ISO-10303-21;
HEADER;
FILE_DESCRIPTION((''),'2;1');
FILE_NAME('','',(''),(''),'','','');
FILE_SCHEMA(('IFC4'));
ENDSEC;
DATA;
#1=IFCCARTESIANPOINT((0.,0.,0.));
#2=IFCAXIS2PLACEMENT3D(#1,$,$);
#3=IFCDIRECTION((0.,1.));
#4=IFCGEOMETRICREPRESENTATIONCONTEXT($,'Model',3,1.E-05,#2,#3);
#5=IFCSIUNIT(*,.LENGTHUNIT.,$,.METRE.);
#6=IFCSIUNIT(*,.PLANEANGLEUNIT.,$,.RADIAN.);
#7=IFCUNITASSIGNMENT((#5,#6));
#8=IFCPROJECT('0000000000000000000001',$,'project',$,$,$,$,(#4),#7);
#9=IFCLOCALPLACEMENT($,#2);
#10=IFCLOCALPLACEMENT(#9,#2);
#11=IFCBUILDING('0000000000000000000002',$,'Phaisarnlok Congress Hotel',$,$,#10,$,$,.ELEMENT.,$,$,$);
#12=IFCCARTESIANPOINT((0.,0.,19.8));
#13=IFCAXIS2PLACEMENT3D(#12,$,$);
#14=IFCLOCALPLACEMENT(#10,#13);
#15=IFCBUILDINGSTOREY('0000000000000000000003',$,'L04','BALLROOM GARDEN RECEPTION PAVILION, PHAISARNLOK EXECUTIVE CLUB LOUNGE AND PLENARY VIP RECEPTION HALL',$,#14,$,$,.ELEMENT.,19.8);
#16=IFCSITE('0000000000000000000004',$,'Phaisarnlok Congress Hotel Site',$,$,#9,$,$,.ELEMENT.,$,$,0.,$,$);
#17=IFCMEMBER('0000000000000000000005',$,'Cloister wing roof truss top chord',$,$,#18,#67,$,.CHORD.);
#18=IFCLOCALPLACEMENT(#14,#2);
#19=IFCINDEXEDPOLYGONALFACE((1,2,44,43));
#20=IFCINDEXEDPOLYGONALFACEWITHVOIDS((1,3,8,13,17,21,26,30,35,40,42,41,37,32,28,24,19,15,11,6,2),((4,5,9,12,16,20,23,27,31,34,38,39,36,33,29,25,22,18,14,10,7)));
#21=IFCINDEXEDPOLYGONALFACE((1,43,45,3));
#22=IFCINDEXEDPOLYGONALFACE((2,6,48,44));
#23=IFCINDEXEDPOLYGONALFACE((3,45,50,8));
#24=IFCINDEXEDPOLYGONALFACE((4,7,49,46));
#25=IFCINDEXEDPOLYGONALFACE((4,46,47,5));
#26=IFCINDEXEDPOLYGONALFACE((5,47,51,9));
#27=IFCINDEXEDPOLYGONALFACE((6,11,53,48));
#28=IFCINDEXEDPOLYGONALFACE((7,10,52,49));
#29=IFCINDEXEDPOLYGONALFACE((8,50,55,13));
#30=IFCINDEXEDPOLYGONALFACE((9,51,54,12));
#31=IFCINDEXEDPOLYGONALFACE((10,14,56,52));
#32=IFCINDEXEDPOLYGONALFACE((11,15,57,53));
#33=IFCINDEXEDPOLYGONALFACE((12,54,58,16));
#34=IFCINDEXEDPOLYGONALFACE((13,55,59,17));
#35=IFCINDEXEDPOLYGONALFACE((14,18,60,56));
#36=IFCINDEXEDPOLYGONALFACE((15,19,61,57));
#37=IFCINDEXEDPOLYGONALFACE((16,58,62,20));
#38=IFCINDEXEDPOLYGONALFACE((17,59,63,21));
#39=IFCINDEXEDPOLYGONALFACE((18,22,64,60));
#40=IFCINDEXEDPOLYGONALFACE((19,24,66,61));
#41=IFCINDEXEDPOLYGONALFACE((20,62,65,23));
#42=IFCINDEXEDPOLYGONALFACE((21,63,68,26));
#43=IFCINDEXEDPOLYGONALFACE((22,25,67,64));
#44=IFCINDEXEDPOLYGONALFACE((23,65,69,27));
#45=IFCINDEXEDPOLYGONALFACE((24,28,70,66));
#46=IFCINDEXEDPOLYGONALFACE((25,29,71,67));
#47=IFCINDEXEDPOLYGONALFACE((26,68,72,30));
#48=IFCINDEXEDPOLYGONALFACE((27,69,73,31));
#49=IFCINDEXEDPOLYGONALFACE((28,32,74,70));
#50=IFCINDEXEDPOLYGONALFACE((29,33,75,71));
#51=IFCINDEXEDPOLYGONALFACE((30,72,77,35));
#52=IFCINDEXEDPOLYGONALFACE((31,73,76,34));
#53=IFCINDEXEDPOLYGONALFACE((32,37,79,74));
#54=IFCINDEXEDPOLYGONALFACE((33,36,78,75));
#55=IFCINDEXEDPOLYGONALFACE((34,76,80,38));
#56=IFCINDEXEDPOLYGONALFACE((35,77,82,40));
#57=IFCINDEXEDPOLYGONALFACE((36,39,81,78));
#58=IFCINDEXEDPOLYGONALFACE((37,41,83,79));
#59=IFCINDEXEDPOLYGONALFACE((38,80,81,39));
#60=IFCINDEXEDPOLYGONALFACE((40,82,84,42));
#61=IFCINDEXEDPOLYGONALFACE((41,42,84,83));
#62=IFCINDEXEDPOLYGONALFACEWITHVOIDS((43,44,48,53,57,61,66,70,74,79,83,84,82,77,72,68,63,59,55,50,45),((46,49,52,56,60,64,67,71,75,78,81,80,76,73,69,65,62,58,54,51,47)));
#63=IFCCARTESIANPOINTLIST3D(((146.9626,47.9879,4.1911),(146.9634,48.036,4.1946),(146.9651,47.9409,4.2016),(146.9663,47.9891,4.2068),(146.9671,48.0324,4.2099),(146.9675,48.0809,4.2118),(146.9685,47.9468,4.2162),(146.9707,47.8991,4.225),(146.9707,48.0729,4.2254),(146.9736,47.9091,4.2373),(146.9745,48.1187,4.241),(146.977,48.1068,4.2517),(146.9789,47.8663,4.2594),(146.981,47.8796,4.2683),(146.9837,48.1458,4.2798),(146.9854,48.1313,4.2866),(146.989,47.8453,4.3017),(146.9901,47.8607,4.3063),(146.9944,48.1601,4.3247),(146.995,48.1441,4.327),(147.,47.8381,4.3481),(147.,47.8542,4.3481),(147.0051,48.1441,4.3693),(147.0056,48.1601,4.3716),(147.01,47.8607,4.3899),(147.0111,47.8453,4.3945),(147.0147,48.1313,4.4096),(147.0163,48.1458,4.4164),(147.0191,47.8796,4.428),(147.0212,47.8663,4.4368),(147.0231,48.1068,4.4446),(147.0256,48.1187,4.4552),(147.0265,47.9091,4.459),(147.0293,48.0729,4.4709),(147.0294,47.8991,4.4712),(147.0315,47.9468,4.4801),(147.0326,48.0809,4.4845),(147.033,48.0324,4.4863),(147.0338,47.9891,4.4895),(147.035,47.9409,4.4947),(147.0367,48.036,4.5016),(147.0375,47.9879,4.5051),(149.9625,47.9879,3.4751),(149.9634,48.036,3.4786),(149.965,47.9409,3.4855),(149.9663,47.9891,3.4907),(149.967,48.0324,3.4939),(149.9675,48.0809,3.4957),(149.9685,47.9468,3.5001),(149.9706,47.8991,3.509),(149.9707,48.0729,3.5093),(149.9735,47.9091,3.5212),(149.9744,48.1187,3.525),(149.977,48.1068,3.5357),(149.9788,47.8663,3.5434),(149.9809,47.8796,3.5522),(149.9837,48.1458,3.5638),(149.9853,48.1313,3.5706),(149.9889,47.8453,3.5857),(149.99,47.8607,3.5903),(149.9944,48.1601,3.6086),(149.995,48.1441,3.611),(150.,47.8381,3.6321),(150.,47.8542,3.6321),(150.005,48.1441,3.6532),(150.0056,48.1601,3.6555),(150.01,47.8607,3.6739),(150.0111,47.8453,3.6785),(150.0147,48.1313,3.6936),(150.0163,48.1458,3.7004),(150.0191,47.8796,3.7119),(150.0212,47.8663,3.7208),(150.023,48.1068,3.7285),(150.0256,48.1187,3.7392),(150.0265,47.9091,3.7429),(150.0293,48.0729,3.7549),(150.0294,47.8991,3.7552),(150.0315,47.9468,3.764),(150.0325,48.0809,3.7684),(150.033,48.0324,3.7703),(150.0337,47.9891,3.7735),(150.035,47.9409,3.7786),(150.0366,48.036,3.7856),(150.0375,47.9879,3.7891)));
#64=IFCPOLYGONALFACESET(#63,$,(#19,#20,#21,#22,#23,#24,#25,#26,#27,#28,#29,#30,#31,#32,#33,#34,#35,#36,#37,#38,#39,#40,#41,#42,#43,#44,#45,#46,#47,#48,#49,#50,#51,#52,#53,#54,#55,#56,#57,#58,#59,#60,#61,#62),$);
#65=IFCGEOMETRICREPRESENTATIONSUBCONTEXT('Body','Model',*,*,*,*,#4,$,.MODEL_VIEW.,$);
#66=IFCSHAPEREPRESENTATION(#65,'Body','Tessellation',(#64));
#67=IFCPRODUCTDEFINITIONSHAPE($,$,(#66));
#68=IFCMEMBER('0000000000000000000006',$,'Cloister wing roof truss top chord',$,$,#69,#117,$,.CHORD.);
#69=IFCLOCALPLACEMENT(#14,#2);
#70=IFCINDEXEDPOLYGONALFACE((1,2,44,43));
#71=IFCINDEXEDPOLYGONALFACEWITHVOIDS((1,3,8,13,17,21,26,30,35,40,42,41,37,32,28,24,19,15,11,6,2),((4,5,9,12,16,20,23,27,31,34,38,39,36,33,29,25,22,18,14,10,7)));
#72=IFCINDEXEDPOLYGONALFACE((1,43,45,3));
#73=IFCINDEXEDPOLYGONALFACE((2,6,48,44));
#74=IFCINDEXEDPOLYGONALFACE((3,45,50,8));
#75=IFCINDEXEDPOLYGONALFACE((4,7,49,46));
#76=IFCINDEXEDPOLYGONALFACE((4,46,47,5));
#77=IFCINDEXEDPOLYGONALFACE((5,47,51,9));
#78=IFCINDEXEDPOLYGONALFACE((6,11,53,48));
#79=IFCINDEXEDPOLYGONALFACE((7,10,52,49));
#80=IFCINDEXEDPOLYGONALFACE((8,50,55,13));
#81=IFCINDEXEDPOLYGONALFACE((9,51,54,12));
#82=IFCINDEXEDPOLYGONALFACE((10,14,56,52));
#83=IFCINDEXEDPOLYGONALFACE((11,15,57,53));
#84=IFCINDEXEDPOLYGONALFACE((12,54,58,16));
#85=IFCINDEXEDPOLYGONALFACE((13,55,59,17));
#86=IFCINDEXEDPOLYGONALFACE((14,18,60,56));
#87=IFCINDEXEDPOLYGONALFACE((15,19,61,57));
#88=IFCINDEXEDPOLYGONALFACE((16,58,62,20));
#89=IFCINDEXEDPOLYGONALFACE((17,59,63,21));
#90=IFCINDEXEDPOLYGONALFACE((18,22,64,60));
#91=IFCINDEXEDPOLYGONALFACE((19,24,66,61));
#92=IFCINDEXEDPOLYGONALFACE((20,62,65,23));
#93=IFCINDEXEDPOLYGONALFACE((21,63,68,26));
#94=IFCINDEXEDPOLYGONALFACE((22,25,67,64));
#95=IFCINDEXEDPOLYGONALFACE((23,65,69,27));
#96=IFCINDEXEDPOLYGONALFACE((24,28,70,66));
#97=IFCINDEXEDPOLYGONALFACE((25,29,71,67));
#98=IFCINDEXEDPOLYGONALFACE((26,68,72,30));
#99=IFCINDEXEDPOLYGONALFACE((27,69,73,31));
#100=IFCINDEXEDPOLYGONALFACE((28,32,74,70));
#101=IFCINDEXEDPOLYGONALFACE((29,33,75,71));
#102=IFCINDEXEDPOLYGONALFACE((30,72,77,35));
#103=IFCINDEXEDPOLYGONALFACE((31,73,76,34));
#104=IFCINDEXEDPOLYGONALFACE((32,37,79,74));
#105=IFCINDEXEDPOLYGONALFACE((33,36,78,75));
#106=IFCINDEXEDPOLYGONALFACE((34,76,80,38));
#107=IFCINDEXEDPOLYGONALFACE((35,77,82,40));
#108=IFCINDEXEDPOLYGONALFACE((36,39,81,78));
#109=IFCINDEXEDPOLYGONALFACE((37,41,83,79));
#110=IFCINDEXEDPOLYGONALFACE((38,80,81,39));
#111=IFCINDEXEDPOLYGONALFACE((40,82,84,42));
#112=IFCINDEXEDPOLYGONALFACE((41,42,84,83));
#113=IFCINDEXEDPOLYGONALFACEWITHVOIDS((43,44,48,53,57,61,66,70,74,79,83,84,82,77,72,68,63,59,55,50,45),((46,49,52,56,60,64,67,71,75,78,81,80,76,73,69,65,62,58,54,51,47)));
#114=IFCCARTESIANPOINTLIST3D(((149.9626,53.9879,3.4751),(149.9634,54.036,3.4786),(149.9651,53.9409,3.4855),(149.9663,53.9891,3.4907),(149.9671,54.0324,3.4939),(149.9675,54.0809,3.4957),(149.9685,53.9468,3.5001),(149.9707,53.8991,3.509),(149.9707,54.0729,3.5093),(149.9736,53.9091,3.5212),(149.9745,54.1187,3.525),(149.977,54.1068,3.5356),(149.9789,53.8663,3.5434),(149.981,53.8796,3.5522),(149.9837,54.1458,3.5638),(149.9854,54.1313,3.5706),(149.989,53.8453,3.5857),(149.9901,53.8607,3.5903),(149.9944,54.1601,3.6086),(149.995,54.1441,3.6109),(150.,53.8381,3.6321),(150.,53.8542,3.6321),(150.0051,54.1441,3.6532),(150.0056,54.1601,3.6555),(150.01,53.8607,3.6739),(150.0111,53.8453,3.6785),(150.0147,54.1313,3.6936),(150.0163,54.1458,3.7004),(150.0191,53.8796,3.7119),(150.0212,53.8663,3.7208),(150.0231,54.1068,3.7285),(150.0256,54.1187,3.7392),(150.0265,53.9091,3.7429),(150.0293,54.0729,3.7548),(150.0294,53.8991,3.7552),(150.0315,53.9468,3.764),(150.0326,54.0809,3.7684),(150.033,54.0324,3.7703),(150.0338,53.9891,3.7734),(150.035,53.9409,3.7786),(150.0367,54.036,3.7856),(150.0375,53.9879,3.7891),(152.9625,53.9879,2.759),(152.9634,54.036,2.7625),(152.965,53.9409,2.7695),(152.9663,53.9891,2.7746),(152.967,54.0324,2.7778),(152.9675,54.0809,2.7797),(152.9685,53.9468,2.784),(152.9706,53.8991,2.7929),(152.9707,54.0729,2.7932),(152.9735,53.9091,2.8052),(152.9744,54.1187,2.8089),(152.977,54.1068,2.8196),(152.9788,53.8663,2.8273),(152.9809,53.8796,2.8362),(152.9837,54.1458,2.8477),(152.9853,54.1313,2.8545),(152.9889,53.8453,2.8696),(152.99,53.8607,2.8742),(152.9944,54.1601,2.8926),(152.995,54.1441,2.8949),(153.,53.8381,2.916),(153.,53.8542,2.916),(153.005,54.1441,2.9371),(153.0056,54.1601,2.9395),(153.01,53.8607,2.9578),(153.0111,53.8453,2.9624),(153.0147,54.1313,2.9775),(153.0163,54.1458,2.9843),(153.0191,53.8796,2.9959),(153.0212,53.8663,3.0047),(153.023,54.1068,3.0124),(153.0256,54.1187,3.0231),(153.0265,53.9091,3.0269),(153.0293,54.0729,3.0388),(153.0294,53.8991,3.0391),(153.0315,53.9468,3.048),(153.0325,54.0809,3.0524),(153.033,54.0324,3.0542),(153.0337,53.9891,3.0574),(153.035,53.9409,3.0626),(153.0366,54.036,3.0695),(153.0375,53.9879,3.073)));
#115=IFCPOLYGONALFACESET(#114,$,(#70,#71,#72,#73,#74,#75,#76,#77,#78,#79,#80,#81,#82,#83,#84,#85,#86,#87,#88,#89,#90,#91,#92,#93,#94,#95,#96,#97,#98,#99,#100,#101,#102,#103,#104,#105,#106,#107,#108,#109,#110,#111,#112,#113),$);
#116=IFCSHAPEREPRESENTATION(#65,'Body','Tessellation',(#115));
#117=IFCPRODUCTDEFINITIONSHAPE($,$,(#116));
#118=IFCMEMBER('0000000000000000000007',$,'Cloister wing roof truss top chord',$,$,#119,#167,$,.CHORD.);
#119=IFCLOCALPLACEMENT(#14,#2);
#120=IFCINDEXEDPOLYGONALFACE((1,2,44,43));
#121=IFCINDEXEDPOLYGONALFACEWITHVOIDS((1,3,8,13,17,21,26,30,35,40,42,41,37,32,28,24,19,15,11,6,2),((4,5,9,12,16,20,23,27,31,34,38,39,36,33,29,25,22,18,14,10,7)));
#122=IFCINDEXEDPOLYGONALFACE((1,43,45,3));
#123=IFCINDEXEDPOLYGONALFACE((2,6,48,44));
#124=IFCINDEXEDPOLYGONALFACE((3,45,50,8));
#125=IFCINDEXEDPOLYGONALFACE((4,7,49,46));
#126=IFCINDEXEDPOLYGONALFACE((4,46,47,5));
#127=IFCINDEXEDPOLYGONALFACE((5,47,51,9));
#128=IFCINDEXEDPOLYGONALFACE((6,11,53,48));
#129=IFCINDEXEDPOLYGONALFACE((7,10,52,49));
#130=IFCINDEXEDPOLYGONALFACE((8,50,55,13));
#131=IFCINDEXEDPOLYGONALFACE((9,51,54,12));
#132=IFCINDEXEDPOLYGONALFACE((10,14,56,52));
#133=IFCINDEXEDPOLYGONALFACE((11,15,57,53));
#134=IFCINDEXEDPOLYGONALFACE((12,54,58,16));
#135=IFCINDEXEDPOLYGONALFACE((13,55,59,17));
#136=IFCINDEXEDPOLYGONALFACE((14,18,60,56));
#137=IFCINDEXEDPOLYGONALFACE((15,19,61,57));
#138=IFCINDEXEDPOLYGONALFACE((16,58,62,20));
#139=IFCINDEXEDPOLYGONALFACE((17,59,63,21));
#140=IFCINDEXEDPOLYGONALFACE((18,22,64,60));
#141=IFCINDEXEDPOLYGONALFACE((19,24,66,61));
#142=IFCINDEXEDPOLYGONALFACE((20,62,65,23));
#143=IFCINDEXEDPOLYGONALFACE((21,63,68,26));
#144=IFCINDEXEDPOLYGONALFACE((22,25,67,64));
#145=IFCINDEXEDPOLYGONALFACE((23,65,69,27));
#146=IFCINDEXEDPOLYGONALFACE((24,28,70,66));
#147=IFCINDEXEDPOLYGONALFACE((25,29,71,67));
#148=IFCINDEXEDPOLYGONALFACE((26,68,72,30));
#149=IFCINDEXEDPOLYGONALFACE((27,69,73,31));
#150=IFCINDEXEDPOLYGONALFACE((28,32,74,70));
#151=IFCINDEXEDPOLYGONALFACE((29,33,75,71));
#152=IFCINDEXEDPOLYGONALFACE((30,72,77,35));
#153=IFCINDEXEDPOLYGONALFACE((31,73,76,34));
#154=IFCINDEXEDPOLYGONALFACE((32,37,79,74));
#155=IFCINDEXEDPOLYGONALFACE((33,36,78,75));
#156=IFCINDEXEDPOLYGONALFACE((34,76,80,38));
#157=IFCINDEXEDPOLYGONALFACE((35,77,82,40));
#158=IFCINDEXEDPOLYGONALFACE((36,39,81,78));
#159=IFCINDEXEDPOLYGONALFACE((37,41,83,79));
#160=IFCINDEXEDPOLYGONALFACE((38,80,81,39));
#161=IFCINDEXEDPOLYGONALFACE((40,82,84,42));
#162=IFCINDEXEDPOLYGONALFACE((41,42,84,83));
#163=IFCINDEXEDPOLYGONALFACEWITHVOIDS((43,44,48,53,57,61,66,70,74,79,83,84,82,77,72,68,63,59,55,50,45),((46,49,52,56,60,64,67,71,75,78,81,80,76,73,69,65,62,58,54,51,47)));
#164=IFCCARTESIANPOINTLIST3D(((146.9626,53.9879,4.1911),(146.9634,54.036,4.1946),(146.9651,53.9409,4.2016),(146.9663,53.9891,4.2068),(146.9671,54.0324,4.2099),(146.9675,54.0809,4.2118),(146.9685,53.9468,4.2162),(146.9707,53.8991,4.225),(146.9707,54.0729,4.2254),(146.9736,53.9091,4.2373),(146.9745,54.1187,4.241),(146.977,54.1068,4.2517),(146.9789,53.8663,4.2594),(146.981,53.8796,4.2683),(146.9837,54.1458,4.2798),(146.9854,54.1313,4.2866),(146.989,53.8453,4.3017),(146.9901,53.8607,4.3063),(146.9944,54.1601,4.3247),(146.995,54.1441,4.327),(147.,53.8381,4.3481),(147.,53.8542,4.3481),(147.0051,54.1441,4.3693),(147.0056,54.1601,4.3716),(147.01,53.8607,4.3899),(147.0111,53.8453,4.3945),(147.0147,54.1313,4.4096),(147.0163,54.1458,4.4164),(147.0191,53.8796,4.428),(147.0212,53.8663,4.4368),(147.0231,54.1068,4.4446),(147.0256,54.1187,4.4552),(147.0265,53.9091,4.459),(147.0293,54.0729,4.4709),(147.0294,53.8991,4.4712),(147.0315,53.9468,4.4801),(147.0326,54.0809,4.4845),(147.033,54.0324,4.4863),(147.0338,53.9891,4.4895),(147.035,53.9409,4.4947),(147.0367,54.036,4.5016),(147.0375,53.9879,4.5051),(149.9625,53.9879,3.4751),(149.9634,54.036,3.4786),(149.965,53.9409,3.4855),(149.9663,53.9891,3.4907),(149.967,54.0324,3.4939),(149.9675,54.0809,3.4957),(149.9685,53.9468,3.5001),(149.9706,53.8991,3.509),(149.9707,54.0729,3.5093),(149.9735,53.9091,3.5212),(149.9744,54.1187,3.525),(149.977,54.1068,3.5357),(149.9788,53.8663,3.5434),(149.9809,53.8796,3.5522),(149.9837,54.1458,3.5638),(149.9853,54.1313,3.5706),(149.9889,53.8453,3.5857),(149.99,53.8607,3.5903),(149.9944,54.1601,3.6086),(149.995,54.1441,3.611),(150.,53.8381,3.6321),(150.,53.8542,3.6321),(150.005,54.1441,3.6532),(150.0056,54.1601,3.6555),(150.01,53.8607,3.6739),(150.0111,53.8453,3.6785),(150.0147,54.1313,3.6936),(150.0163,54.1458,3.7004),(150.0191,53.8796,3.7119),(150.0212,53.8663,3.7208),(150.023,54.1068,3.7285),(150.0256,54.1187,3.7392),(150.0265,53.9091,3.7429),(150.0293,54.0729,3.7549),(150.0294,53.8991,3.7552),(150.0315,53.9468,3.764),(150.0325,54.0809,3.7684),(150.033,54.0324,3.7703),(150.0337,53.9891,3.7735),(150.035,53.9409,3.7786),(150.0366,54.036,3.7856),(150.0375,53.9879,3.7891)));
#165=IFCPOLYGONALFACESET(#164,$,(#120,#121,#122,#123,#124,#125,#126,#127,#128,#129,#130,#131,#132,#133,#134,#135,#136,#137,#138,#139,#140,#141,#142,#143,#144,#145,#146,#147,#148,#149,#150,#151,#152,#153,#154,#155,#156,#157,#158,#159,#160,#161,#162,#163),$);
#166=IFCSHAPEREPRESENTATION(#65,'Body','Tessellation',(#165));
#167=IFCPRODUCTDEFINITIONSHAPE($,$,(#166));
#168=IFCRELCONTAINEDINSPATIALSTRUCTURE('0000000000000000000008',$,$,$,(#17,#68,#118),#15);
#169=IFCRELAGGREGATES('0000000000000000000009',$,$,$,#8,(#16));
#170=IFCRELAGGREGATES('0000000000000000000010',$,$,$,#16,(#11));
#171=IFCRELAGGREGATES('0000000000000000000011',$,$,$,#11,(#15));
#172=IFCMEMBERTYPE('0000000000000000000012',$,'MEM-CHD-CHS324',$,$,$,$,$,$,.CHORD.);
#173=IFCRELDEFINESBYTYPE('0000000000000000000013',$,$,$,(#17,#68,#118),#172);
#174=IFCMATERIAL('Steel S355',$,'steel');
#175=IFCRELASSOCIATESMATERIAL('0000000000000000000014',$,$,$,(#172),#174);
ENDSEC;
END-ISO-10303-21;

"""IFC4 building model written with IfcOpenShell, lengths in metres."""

from ifc_helpers import new_model, si_unit, direction, frame, origin, origin_2d, place, context, subcontext, project, spatial, hollow_circle, extrude, material, material_profile, profile_set, type_object, element, save


model = new_model("IFC4")

# Units and contexts
model_context = context("Model", 3, precision=1e-05, world=origin(), true_north=direction((0.0, 1.0)))
body_context = subcontext(model_context, "Body", "Model", "MODEL_VIEW")
ifc_project = project(units=[si_unit("LENGTHUNIT", "METRE"), si_unit("PLANEANGLEUNIT", "RADIAN")], contexts=[model_context])

# Site, building, storey
site_placement = place(None, origin())
site = spatial("IfcSite", under=ifc_project, at=site_placement, Name="Phaisarnlok Congress Hotel Site", CompositionType="ELEMENT", RefElevation=0.0)
building_placement = place(site_placement, origin())
building = spatial("IfcBuilding", under=site, at=building_placement, Name="Phaisarnlok Congress Hotel", CompositionType="ELEMENT")
storey_placement = place(building_placement, frame((0.0, 0.0, 19.8)))
storey = spatial("IfcBuildingStorey", under=building, at=storey_placement, Name="L04", Description="BALLROOM GARDEN RECEPTION PAVILION, PHAISARNLOK EXECUTIVE CLUB LOUNGE AND PLENARY VIP RECEPTION HALL", CompositionType="ELEMENT", Elevation=19.8)

# Shared definitions
ifc_material = material(Name="Steel S355", Category="steel")

# Members
ifc_material_profile_1 = material_profile(ifc_material, hollow_circle(Radius=0.1619, WallThickness=0.0161, at=origin_2d()), Name="CHS 323.9x16")
ifc_profile_set_1 = profile_set([ifc_material_profile_1], Name="Steel S355")
member_type_1 = type_object("IfcMemberType", Name="MEM-CHD-CHS324", PredefinedType="CHORD", material=ifc_profile_set_1)
for number, where, z_axis, x_axis, name in (
    (1, (150.0, 48.0, 3.6321), (-0.972676, 0.0, 0.232166), (0.0, -1.0, 0.0), "Cloister wing roof truss top chord"),
    (2, (153.0, 54.0, 2.916), (-0.972676, 0.0, 0.232166), (0.0, -1.0, 0.0), "Cloister wing roof truss top chord"),
    (3, (150.0, 54.0, 3.6321), (-0.972676, 0.0, 0.232166), (0.0, -1.0, 0.0), "Cloister wing roof truss top chord"),
):
    element("IfcMember", number, at=place(storey_placement, frame(where, z_axis=z_axis, x_axis=x_axis)), inside=storey, type_object=member_type_1, Name=name, PredefinedType="CHORD", context=body_context, shape_type="SweptSolid", body=[
        extrude(hollow_circle(Radius=0.1619, WallThickness=0.0161, at=origin_2d()), origin(), (0.0, 0.0, 1.0), 3.0842),
    ])

save(model, "model.ifc")
